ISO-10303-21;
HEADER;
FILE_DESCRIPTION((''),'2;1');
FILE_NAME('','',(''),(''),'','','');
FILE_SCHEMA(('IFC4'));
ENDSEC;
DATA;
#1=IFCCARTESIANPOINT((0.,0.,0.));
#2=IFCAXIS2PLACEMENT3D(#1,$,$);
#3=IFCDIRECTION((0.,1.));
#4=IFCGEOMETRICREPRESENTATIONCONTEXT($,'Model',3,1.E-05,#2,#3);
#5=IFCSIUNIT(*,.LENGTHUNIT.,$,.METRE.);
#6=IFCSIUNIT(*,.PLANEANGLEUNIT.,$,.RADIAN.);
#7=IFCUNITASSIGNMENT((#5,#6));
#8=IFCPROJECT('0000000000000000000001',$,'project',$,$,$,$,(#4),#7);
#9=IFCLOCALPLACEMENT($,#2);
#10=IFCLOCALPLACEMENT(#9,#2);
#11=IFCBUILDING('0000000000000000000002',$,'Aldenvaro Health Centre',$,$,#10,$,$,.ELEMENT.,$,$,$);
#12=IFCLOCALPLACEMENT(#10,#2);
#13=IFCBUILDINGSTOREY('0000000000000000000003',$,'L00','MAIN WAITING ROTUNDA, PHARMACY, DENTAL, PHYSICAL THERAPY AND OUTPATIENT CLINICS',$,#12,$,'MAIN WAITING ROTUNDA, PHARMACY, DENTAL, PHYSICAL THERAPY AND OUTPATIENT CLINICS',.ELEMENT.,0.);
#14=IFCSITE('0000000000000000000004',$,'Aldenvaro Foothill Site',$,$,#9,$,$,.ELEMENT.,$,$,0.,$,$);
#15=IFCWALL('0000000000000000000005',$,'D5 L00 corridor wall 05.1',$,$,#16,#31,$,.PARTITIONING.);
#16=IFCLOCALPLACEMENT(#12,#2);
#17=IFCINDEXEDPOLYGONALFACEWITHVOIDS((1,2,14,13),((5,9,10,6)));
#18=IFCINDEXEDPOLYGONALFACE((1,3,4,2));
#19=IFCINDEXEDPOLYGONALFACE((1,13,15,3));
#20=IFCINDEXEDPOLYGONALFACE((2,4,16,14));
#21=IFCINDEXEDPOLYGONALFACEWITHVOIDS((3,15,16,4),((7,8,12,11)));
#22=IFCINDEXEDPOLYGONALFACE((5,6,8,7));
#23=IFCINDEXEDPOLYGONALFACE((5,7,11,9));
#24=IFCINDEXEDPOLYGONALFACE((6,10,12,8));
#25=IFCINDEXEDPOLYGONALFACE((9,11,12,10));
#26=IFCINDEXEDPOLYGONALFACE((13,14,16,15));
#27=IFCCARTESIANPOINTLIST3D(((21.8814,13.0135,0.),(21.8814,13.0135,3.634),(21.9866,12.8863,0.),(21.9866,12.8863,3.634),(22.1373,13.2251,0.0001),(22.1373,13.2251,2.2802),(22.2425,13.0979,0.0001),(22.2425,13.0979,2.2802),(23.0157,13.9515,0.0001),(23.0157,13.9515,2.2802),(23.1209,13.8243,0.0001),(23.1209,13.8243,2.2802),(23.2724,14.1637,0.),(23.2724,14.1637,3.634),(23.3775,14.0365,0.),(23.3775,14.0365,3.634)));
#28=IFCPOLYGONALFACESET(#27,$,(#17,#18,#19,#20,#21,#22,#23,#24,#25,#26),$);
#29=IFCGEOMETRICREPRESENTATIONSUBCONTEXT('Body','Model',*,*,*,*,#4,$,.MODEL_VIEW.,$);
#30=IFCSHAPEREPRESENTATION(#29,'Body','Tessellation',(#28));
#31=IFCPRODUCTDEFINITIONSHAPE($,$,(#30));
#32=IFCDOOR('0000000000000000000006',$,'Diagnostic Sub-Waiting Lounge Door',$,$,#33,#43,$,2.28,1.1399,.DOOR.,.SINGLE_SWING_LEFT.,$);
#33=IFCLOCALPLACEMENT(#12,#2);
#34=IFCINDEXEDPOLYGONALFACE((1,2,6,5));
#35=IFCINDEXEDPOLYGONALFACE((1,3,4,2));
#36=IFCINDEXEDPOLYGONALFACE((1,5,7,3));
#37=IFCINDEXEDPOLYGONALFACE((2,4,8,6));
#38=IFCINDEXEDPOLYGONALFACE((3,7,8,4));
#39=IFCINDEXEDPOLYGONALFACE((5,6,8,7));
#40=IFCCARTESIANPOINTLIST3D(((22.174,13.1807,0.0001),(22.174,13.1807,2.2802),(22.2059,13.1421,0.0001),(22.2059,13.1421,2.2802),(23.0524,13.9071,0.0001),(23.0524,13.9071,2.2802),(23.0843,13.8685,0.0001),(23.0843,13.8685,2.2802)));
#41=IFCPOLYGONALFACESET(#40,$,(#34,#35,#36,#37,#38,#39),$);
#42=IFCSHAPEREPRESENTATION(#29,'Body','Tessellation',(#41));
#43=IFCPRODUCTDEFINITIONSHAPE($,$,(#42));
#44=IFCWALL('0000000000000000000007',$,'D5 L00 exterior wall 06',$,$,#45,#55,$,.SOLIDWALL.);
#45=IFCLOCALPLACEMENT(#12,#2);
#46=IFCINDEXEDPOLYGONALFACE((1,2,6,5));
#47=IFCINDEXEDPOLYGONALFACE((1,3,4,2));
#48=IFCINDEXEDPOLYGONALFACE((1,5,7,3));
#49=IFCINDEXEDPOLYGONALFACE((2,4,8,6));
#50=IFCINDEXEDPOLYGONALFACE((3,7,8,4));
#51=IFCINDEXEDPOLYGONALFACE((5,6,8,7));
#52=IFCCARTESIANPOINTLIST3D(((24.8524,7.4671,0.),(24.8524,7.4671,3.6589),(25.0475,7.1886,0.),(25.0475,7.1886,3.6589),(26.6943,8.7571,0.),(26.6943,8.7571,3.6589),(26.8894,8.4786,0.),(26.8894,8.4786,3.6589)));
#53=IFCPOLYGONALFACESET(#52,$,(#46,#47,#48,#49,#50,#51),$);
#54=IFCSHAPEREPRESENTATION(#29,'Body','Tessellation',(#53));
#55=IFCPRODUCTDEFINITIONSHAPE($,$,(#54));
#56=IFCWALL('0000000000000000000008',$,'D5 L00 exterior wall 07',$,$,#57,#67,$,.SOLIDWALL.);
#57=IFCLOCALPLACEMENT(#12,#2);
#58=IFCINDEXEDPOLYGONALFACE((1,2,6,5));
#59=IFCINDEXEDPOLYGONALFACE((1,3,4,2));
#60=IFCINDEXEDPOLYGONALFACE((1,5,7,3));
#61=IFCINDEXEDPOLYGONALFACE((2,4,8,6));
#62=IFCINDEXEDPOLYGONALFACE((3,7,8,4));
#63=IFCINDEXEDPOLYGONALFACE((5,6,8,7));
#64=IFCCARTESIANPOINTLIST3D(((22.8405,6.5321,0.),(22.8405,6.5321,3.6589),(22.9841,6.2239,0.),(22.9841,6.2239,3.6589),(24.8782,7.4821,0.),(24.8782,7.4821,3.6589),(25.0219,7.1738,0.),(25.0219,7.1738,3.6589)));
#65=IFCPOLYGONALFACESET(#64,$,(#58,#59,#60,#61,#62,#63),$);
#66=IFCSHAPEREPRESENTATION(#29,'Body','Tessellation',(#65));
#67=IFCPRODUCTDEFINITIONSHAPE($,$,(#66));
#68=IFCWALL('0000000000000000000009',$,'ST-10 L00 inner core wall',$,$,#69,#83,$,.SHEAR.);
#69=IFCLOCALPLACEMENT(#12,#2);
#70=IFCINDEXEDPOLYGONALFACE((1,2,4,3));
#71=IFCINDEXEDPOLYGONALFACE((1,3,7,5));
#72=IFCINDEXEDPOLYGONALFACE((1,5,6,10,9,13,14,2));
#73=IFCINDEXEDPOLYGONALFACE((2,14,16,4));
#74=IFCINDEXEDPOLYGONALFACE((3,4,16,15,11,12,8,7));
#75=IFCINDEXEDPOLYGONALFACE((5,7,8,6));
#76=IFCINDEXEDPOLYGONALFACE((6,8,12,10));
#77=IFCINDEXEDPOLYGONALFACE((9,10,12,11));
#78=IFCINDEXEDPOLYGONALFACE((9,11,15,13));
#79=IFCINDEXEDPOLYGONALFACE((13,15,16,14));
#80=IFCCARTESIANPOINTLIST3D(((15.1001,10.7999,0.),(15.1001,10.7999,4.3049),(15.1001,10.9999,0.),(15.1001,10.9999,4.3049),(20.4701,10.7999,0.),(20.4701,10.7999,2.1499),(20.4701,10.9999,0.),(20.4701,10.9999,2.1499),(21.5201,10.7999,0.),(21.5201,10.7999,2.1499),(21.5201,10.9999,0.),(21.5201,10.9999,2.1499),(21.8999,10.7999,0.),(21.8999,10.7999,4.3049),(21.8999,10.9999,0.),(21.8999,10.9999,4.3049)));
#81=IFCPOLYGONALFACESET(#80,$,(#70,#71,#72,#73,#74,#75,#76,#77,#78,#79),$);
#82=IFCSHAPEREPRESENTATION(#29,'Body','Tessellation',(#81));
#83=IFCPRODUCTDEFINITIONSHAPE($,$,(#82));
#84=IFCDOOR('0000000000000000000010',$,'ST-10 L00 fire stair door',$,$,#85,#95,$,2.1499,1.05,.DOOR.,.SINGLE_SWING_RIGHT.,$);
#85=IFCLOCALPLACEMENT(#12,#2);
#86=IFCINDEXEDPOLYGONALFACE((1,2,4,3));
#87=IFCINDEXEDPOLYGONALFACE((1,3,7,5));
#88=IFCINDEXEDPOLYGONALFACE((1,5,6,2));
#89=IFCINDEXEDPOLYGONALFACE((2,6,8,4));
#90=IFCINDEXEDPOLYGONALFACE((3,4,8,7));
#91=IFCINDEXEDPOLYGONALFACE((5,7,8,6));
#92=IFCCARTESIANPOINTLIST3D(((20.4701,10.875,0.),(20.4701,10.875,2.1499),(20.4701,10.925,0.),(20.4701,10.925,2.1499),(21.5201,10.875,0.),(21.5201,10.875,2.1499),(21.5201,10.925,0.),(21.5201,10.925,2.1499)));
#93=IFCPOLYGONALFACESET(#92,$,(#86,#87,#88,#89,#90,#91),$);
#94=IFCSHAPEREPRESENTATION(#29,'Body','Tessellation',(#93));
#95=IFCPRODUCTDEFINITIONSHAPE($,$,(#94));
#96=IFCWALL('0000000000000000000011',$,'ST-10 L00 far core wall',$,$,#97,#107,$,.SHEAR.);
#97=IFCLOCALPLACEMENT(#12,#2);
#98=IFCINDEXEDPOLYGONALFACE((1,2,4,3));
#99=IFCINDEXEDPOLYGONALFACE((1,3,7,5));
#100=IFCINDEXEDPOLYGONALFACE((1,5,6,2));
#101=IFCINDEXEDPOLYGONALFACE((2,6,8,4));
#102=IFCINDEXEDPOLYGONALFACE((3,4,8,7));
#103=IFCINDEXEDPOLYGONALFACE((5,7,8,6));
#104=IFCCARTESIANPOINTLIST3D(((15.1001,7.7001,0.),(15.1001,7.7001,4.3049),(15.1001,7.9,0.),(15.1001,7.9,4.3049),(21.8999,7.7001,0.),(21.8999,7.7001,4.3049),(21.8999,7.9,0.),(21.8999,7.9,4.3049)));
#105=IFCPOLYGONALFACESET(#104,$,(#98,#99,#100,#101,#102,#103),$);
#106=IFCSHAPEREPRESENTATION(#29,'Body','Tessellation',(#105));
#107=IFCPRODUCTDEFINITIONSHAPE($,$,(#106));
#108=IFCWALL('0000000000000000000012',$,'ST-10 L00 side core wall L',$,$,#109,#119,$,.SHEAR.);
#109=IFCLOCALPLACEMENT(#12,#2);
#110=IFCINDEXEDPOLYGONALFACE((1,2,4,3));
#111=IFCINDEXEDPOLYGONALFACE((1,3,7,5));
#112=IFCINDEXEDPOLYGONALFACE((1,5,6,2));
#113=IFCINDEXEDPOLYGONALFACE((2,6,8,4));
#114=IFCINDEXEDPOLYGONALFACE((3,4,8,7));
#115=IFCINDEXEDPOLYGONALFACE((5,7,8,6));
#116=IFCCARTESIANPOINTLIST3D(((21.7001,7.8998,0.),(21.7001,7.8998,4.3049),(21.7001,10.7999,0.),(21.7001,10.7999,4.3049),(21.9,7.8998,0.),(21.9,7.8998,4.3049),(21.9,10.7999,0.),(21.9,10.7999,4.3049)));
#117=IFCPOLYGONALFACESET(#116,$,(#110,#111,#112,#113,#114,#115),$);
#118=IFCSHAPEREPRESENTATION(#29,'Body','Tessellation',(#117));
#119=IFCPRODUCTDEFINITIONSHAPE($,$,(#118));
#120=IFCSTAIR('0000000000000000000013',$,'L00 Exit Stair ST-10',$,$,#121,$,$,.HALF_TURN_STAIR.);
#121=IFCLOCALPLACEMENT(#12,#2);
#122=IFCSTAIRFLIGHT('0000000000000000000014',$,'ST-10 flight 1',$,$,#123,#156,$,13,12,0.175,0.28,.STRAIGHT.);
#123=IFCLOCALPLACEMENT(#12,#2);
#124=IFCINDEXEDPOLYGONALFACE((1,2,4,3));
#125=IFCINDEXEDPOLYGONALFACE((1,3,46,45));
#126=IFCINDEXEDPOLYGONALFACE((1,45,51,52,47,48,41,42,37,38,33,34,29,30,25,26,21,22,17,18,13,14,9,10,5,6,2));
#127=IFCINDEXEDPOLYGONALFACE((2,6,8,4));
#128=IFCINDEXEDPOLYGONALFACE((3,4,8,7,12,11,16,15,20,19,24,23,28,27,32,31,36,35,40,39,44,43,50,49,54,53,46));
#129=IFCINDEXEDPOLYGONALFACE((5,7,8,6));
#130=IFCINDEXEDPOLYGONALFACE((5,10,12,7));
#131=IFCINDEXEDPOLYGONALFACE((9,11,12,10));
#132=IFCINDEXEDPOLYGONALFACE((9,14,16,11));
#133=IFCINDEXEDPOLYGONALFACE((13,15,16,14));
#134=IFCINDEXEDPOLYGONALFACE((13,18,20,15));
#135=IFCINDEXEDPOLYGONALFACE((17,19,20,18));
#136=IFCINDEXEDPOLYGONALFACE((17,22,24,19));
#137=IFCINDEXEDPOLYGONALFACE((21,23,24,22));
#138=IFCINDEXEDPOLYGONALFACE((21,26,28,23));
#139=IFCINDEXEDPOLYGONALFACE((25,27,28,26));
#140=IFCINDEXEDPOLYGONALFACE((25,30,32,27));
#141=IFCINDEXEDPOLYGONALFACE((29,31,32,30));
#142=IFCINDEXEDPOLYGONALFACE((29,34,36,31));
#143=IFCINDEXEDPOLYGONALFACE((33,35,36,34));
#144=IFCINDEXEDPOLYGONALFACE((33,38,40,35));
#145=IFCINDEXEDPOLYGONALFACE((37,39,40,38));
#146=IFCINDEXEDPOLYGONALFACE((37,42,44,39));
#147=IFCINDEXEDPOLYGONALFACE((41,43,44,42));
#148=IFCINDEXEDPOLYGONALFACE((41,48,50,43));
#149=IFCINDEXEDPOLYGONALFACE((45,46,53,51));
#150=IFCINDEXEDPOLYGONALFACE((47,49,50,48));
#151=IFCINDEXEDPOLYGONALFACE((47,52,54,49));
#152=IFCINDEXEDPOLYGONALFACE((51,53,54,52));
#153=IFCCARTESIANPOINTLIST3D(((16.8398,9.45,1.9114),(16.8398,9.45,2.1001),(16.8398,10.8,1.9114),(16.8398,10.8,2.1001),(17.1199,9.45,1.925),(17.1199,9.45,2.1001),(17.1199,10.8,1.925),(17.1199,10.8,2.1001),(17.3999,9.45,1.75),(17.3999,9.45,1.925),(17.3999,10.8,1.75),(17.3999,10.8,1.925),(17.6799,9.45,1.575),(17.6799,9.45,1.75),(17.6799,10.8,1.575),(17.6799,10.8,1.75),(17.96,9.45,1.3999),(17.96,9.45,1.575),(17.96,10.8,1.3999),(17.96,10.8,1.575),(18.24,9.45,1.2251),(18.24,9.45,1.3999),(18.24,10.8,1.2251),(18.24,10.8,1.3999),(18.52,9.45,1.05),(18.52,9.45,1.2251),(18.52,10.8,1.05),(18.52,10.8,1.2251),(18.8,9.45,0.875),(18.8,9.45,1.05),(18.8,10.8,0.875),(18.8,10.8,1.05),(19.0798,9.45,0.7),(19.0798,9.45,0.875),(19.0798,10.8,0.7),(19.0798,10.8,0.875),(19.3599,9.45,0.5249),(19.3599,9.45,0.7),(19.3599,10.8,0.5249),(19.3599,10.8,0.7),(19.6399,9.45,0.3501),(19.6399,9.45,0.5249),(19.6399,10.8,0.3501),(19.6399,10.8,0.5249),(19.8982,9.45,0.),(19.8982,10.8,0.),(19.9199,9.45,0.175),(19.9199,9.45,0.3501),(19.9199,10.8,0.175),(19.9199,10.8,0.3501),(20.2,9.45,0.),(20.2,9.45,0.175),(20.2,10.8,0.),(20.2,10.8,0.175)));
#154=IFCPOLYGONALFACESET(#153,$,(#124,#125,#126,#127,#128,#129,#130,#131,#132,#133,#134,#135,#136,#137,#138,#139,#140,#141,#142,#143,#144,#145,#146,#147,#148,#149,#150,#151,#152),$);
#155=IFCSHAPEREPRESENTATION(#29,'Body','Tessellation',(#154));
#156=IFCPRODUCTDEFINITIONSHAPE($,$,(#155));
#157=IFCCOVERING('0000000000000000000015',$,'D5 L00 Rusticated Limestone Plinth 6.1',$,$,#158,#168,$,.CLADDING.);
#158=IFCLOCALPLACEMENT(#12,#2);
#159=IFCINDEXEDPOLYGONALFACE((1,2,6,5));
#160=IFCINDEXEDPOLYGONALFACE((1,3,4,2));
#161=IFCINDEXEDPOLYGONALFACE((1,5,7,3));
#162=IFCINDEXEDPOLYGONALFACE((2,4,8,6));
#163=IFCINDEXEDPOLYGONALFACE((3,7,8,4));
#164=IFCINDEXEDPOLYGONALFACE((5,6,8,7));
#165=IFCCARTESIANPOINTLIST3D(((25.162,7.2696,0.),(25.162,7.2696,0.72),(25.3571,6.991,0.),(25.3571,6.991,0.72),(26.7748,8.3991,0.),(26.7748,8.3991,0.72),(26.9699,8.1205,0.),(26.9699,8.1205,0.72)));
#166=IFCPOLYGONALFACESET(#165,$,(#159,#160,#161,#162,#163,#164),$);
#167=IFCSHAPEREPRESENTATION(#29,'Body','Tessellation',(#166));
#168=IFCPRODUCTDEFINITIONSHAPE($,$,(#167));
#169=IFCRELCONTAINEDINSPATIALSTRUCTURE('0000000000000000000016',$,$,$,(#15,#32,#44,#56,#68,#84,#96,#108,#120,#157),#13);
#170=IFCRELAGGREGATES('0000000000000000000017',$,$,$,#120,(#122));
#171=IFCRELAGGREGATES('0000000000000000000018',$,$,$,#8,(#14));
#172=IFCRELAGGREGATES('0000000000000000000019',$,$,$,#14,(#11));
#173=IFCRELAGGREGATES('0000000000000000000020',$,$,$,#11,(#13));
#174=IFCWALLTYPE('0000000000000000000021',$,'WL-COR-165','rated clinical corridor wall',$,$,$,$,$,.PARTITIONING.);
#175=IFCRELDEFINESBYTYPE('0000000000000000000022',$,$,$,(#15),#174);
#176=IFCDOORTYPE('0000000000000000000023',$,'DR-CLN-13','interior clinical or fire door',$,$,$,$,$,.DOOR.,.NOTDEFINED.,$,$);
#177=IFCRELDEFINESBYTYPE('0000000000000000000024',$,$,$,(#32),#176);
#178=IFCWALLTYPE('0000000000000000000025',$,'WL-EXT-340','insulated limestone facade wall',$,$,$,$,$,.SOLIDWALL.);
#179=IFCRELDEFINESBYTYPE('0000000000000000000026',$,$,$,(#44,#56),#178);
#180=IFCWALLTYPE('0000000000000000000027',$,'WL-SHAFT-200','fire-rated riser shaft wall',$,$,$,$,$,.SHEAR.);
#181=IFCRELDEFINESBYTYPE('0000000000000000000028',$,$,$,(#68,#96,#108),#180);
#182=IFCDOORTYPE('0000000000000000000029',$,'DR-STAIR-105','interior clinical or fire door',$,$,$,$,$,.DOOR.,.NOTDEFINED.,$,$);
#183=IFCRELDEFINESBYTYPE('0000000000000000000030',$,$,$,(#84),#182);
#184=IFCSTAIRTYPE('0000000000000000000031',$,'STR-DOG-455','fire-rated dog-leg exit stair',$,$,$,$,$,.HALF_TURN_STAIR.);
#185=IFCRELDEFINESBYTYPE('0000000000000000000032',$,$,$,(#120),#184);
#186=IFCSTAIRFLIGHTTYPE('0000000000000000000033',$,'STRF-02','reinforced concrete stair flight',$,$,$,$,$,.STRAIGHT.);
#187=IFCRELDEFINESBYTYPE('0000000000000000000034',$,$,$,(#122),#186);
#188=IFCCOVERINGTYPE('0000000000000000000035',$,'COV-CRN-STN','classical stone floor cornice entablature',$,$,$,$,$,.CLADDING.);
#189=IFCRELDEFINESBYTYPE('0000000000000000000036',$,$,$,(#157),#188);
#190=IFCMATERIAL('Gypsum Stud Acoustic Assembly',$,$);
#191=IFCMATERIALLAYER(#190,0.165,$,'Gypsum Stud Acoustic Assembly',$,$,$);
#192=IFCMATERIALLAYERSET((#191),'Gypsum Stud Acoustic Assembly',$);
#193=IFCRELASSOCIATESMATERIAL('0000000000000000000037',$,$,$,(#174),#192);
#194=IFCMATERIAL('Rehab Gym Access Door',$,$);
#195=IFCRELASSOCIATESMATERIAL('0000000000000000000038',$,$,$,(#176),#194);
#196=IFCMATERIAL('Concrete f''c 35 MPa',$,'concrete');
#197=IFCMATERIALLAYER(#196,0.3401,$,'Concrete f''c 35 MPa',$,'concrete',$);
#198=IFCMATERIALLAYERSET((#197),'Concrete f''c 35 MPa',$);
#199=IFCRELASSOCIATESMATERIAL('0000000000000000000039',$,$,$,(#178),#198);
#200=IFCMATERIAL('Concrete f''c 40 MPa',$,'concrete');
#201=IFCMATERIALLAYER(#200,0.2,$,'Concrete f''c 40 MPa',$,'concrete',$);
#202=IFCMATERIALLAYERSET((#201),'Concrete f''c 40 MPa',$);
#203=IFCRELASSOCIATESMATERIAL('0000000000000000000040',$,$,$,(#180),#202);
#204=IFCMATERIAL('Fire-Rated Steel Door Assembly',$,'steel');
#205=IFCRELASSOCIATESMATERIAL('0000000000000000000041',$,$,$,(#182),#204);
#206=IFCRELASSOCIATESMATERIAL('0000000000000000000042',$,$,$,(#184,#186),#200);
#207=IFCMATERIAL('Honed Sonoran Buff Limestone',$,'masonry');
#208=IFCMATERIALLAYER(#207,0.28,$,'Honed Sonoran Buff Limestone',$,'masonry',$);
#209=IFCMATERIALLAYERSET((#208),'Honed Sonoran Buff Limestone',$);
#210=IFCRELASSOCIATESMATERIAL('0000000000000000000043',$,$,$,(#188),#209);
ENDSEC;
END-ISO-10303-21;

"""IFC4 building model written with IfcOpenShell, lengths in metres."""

from ifc_helpers import new_model, si_unit, direction, frame, frame_2d, origin, origin_2d, place, context, subcontext, project, spatial, polyline, rectangle, outline, extrude, material, layer, layer_set, type_object, element, fill, aggregate, save


model = new_model("IFC4")

# Units and contexts
model_context = context("Model", 3, precision=1e-05, world=origin(), true_north=direction((0.0, 1.0)))
body_context = subcontext(model_context, "Body", "Model", "MODEL_VIEW")
ifc_project = project(units=[si_unit("LENGTHUNIT", "METRE"), si_unit("PLANEANGLEUNIT", "RADIAN")], contexts=[model_context])

# Site, building, storey
site_placement = place(None, origin())
site = spatial("IfcSite", under=ifc_project, at=site_placement, Name="Aldenvaro Foothill Site", CompositionType="ELEMENT", RefElevation=0.0)
building_placement = place(site_placement, origin())
building = spatial("IfcBuilding", under=site, at=building_placement, Name="Aldenvaro Health Centre", CompositionType="ELEMENT")
storey_placement = place(building_placement, origin())
storey = spatial("IfcBuildingStorey", under=building, at=storey_placement, Name="L00", Description="MAIN WAITING ROTUNDA, PHARMACY, DENTAL, PHYSICAL THERAPY AND OUTPATIENT CLINICS", LongName="MAIN WAITING ROTUNDA, PHARMACY, DENTAL, PHYSICAL THERAPY AND OUTPATIENT CLINICS", CompositionType="ELEMENT", Elevation=0.0)

# Shared definitions
ifc_material_1 = material(Name="Concrete f'c 40 MPa", Category="concrete")

# Shared definitions
ifc_material_2 = material(Name="Gypsum Stud Acoustic Assembly")

# Wall, opening, door
ifc_layer_1 = layer(ifc_material_2, 0.165, Name="Gypsum Stud Acoustic Assembly")
ifc_layer_set_1 = layer_set([ifc_layer_1], Name="Gypsum Stud Acoustic Assembly")
wall_type_1 = type_object("IfcWallType", Name="WL-COR-165", Description="rated clinical corridor wall", PredefinedType="PARTITIONING", material=ifc_layer_set_1)
wall_1_placement = place(storey_placement, frame((21.9341, 12.95, 0.0), z_axis=(0.0, 0.0, 1.0), x_axis=(0.770644, 0.637266, 0.0)))
wall_1 = element("IfcWall", 1, at=wall_1_placement, inside=storey, type_object=wall_type_1, Name="D5 L00 corridor wall 05.1", PredefinedType="PARTITIONING", context=body_context, shape_type="SweptSolid", body=[
    extrude(rectangle(XDim=1.8049, YDim=0.165, at=frame_2d((0.9023, 0.0))), origin(), (0.0, 0.0, 1.0), 3.634),
])
opening_1_placement = place(wall_1_placement, frame((0.332, 0.0, 0.0)))
opening_1 = element("IfcOpeningElement", 2, at=opening_1_placement, cuts=wall_1, PredefinedType="OPENING", context=body_context, shape_type="SweptSolid", body=[
    extrude(rectangle(XDim=1.1399, YDim=2.28, at=frame_2d((0.5698, 1.1401))), frame((0.0, 0.0925, 0.0), z_axis=(0.0, -1.0, 0.0), x_axis=(1.0, 0.0, 0.0)), (0.0, 0.0, 1.0), 0.1851),
])
ifc_material_3 = material(Name="Rehab Gym Access Door")
door_type_1 = type_object("IfcDoorType", Name="DR-CLN-13", Description="interior clinical or fire door", OperationType="NOTDEFINED", PredefinedType="DOOR", material=ifc_material_3)
door_1_placement = place(opening_1_placement, origin())
door_1 = element("IfcDoor", 3, at=door_1_placement, inside=storey, type_object=door_type_1, Name="Diagnostic Sub-Waiting Lounge Door", OperationType="SINGLE_SWING_LEFT", OverallHeight=2.28, OverallWidth=1.1399, PredefinedType="DOOR", context=body_context, shape_type="SweptSolid", body=[
    extrude(rectangle(XDim=1.1399, YDim=2.28, at=frame_2d((0.5698, 1.1401))), frame((0.0, 0.0249, 0.0), z_axis=(0.0, -1.0, 0.0), x_axis=(1.0, 0.0, 0.0)), (0.0, 0.0, 1.0), 0.05),
])
fill(opening_1, door_1)

# Walls
ifc_material_4 = material(Name="Concrete f'c 35 MPa", Category="concrete")
ifc_layer_2 = layer(ifc_material_4, 0.3401, Name="Concrete f'c 35 MPa", Category="concrete")
ifc_layer_set_2 = layer_set([ifc_layer_2], Name="Concrete f'c 35 MPa")
wall_type_2 = type_object("IfcWallType", Name="WL-EXT-340", Description="insulated limestone facade wall", PredefinedType="SOLIDWALL", material=ifc_layer_set_2)
wall_2_placement = place(storey_placement, frame((26.792, 8.6179, 0.0), z_axis=(0.0, 0.0, 1.0), x_axis=(-0.819104, -0.573644, 0.0)))
element("IfcWall", 4, at=wall_2_placement, inside=storey, type_object=wall_type_2, Name="D5 L00 exterior wall 06", PredefinedType="SOLIDWALL", context=body_context, shape_type="SweptSolid", body=[
    extrude(rectangle(XDim=2.2488, YDim=0.3401, at=frame_2d((1.1245, 0.0))), origin(), (0.0, 0.0, 1.0), 3.6589),
])
wall_3_placement = place(storey_placement, frame((24.95, 7.3279, 0.0), z_axis=(0.0, 0.0, 1.0), x_axis=(-0.906361, -0.422505, 0.0)))
element("IfcWall", 5, at=wall_3_placement, inside=storey, type_object=wall_type_2, Name="D5 L00 exterior wall 07", PredefinedType="SOLIDWALL", context=body_context, shape_type="SweptSolid", body=[
    extrude(rectangle(XDim=2.2483, YDim=0.3401, at=frame_2d((1.124, 0.0))), origin(), (0.0, 0.0, 1.0), 3.6589),
])

# Wall, opening, door
ifc_layer_3 = layer(ifc_material_1, 0.2, Name="Concrete f'c 40 MPa", Category="concrete")
ifc_layer_set_3 = layer_set([ifc_layer_3], Name="Concrete f'c 40 MPa")
wall_type_3 = type_object("IfcWallType", Name="WL-SHAFT-200", Description="fire-rated riser shaft wall", PredefinedType="SHEAR", material=ifc_layer_set_3)
wall_4_placement = place(storey_placement, frame((21.8999, 10.8999, 0.0), z_axis=(0.0, 0.0, 1.0), x_axis=(-1.0, 0.0, 0.0)))
wall_4 = element("IfcWall", 6, at=wall_4_placement, inside=storey, type_object=wall_type_3, Name="ST-10 L00 inner core wall", PredefinedType="SHEAR", context=body_context, shape_type="SweptSolid", body=[
    extrude(rectangle(XDim=6.7998, YDim=0.2, at=frame_2d((3.3999, 0.0))), origin(), (0.0, 0.0, 1.0), 4.3049),
])
opening_2_placement = place(wall_4_placement, frame((0.3799, 0.0, 0.0)))
opening_2 = element("IfcOpeningElement", 7, at=opening_2_placement, cuts=wall_4, PredefinedType="OPENING", context=body_context, shape_type="SweptSolid", body=[
    extrude(rectangle(XDim=1.05, YDim=2.1499, at=frame_2d((0.5249, 1.075))), frame((0.0, 0.1099, 0.0), z_axis=(0.0, -1.0, 0.0), x_axis=(1.0, 0.0, 0.0)), (0.0, 0.0, 1.0), 0.22),
])
ifc_material_5 = material(Name="Fire-Rated Steel Door Assembly", Category="steel")
door_type_2 = type_object("IfcDoorType", Name="DR-STAIR-105", Description="interior clinical or fire door", OperationType="NOTDEFINED", PredefinedType="DOOR", material=ifc_material_5)
door_2_placement = place(opening_2_placement, origin())
door_2 = element("IfcDoor", 8, at=door_2_placement, inside=storey, type_object=door_type_2, Name="ST-10 L00 fire stair door", OperationType="SINGLE_SWING_RIGHT", OverallHeight=2.1499, OverallWidth=1.05, PredefinedType="DOOR", context=body_context, shape_type="SweptSolid", body=[
    extrude(rectangle(XDim=1.05, YDim=2.1499, at=frame_2d((0.5249, 1.075))), frame((0.0, 0.0249, 0.0), z_axis=(0.0, -1.0, 0.0), x_axis=(1.0, 0.0, 0.0)), (0.0, 0.0, 1.0), 0.05),
])
fill(opening_2, door_2)

# Walls
wall_5_placement = place(storey_placement, frame((21.8999, 7.8, 0.0), z_axis=(0.0, 0.0, 1.0), x_axis=(-1.0, 0.0, 0.0)))
element("IfcWall", 9, at=wall_5_placement, inside=storey, type_object=wall_type_3, Name="ST-10 L00 far core wall", PredefinedType="SHEAR", context=body_context, shape_type="SweptSolid", body=[
    extrude(rectangle(XDim=6.7998, YDim=0.2, at=frame_2d((3.3999, 0.0))), origin(), (0.0, 0.0, 1.0), 4.3049),
])
wall_6_placement = place(storey_placement, frame((21.8, 10.8, 0.0), z_axis=(0.0, 0.0, 1.0), x_axis=(0.0, -1.0, 0.0)))
element("IfcWall", 10, at=wall_6_placement, inside=storey, type_object=wall_type_3, Name="ST-10 L00 side core wall L", PredefinedType="SHEAR", context=body_context, shape_type="SweptSolid", body=[
    extrude(rectangle(XDim=2.9001, YDim=0.2, at=frame_2d((1.4502, 0.0))), origin(), (0.0, 0.0, 1.0), 4.3049),
])

# Stair, stair flight
stair_type = type_object("IfcStairType", Name="STR-DOG-455", Description="fire-rated dog-leg exit stair", PredefinedType="HALF_TURN_STAIR", material=ifc_material_1)
stair_placement = place(storey_placement, origin())
stair = element("IfcStair", 11, at=stair_placement, inside=storey, type_object=stair_type, Name="L00 Exit Stair ST-10", PredefinedType="HALF_TURN_STAIR")
stair_flight_type = type_object("IfcStairFlightType", Name="STRF-02", Description="reinforced concrete stair flight", PredefinedType="STRAIGHT", material=ifc_material_1)
stair_flight_placement = place(storey_placement, frame((20.2, 10.125, 0.0), z_axis=(0.0, 0.0, 1.0), x_axis=(-1.0, 0.0, 0.0)))
stair_flight = element("IfcStairFlight", 12, at=stair_flight_placement, type_object=stair_flight_type, Name="ST-10 flight 1", NumberOfRisers=13, NumberOfTreads=12, PredefinedType="STRAIGHT", RiserHeight=0.175, TreadLength=0.28, context=body_context, shape_type="SweptSolid", body=[
    extrude(outline(polyline([(0.0, 0.0), (0.0, 0.175), (0.28, 0.175), (0.28, 0.3501), (0.5601, 0.3501), (0.5601, 0.5249), (0.8401, 0.5249), (0.8401, 0.7), (1.1201, 0.7), (1.1201, 0.875), (1.3999, 0.875), (1.3999, 1.05), (1.6799, 1.05), (1.6799, 1.2251), (1.96, 1.2251), (1.96, 1.3999), (2.24, 1.3999), (2.24, 1.575), (2.52, 1.575), (2.52, 1.75), (2.8, 1.75), (2.8, 1.925), (3.0801, 1.925), (3.0801, 2.1001), (3.3601, 2.1001), (3.3601, 2.2749), (3.3601, 1.9114), (0.3018, 0.0), (0.0, 0.0)])), frame((0.0, 0.675, 0.0), z_axis=(0.0, -1.0, 0.0), x_axis=(1.0, 0.0, 0.0)), (0.0, 0.0, 1.0), 1.3501),
])
aggregate(stair, [stair_flight])

# Covering
ifc_material_6 = material(Name="Honed Sonoran Buff Limestone", Category="masonry")
ifc_layer_4 = layer(ifc_material_6, 0.28, Name="Honed Sonoran Buff Limestone", Category="masonry")
ifc_layer_set_4 = layer_set([ifc_layer_4], Name="Honed Sonoran Buff Limestone")
covering_type = type_object("IfcCoveringType", Name="COV-CRN-STN", Description="classical stone floor cornice entablature", PredefinedType="CLADDING", material=ifc_layer_set_4)
covering_1_placement = place(storey_placement, frame((26.0659, 7.6951, 0.0), z_axis=(0.0, 0.0, 1.0), x_axis=(-0.819107, -0.573641, 0.0)))
element("IfcCovering", 13, at=covering_1_placement, inside=storey, type_object=covering_type, Name="D5 L00 Rusticated Limestone Plinth 6.1", PredefinedType="CLADDING", context=body_context, shape_type="SweptSolid", body=[
    extrude(rectangle(XDim=1.969, YDim=0.3401, at=origin_2d()), origin(), (0.0, 0.0, 1.0), 0.72),
])

save(model, "model.ifc")
